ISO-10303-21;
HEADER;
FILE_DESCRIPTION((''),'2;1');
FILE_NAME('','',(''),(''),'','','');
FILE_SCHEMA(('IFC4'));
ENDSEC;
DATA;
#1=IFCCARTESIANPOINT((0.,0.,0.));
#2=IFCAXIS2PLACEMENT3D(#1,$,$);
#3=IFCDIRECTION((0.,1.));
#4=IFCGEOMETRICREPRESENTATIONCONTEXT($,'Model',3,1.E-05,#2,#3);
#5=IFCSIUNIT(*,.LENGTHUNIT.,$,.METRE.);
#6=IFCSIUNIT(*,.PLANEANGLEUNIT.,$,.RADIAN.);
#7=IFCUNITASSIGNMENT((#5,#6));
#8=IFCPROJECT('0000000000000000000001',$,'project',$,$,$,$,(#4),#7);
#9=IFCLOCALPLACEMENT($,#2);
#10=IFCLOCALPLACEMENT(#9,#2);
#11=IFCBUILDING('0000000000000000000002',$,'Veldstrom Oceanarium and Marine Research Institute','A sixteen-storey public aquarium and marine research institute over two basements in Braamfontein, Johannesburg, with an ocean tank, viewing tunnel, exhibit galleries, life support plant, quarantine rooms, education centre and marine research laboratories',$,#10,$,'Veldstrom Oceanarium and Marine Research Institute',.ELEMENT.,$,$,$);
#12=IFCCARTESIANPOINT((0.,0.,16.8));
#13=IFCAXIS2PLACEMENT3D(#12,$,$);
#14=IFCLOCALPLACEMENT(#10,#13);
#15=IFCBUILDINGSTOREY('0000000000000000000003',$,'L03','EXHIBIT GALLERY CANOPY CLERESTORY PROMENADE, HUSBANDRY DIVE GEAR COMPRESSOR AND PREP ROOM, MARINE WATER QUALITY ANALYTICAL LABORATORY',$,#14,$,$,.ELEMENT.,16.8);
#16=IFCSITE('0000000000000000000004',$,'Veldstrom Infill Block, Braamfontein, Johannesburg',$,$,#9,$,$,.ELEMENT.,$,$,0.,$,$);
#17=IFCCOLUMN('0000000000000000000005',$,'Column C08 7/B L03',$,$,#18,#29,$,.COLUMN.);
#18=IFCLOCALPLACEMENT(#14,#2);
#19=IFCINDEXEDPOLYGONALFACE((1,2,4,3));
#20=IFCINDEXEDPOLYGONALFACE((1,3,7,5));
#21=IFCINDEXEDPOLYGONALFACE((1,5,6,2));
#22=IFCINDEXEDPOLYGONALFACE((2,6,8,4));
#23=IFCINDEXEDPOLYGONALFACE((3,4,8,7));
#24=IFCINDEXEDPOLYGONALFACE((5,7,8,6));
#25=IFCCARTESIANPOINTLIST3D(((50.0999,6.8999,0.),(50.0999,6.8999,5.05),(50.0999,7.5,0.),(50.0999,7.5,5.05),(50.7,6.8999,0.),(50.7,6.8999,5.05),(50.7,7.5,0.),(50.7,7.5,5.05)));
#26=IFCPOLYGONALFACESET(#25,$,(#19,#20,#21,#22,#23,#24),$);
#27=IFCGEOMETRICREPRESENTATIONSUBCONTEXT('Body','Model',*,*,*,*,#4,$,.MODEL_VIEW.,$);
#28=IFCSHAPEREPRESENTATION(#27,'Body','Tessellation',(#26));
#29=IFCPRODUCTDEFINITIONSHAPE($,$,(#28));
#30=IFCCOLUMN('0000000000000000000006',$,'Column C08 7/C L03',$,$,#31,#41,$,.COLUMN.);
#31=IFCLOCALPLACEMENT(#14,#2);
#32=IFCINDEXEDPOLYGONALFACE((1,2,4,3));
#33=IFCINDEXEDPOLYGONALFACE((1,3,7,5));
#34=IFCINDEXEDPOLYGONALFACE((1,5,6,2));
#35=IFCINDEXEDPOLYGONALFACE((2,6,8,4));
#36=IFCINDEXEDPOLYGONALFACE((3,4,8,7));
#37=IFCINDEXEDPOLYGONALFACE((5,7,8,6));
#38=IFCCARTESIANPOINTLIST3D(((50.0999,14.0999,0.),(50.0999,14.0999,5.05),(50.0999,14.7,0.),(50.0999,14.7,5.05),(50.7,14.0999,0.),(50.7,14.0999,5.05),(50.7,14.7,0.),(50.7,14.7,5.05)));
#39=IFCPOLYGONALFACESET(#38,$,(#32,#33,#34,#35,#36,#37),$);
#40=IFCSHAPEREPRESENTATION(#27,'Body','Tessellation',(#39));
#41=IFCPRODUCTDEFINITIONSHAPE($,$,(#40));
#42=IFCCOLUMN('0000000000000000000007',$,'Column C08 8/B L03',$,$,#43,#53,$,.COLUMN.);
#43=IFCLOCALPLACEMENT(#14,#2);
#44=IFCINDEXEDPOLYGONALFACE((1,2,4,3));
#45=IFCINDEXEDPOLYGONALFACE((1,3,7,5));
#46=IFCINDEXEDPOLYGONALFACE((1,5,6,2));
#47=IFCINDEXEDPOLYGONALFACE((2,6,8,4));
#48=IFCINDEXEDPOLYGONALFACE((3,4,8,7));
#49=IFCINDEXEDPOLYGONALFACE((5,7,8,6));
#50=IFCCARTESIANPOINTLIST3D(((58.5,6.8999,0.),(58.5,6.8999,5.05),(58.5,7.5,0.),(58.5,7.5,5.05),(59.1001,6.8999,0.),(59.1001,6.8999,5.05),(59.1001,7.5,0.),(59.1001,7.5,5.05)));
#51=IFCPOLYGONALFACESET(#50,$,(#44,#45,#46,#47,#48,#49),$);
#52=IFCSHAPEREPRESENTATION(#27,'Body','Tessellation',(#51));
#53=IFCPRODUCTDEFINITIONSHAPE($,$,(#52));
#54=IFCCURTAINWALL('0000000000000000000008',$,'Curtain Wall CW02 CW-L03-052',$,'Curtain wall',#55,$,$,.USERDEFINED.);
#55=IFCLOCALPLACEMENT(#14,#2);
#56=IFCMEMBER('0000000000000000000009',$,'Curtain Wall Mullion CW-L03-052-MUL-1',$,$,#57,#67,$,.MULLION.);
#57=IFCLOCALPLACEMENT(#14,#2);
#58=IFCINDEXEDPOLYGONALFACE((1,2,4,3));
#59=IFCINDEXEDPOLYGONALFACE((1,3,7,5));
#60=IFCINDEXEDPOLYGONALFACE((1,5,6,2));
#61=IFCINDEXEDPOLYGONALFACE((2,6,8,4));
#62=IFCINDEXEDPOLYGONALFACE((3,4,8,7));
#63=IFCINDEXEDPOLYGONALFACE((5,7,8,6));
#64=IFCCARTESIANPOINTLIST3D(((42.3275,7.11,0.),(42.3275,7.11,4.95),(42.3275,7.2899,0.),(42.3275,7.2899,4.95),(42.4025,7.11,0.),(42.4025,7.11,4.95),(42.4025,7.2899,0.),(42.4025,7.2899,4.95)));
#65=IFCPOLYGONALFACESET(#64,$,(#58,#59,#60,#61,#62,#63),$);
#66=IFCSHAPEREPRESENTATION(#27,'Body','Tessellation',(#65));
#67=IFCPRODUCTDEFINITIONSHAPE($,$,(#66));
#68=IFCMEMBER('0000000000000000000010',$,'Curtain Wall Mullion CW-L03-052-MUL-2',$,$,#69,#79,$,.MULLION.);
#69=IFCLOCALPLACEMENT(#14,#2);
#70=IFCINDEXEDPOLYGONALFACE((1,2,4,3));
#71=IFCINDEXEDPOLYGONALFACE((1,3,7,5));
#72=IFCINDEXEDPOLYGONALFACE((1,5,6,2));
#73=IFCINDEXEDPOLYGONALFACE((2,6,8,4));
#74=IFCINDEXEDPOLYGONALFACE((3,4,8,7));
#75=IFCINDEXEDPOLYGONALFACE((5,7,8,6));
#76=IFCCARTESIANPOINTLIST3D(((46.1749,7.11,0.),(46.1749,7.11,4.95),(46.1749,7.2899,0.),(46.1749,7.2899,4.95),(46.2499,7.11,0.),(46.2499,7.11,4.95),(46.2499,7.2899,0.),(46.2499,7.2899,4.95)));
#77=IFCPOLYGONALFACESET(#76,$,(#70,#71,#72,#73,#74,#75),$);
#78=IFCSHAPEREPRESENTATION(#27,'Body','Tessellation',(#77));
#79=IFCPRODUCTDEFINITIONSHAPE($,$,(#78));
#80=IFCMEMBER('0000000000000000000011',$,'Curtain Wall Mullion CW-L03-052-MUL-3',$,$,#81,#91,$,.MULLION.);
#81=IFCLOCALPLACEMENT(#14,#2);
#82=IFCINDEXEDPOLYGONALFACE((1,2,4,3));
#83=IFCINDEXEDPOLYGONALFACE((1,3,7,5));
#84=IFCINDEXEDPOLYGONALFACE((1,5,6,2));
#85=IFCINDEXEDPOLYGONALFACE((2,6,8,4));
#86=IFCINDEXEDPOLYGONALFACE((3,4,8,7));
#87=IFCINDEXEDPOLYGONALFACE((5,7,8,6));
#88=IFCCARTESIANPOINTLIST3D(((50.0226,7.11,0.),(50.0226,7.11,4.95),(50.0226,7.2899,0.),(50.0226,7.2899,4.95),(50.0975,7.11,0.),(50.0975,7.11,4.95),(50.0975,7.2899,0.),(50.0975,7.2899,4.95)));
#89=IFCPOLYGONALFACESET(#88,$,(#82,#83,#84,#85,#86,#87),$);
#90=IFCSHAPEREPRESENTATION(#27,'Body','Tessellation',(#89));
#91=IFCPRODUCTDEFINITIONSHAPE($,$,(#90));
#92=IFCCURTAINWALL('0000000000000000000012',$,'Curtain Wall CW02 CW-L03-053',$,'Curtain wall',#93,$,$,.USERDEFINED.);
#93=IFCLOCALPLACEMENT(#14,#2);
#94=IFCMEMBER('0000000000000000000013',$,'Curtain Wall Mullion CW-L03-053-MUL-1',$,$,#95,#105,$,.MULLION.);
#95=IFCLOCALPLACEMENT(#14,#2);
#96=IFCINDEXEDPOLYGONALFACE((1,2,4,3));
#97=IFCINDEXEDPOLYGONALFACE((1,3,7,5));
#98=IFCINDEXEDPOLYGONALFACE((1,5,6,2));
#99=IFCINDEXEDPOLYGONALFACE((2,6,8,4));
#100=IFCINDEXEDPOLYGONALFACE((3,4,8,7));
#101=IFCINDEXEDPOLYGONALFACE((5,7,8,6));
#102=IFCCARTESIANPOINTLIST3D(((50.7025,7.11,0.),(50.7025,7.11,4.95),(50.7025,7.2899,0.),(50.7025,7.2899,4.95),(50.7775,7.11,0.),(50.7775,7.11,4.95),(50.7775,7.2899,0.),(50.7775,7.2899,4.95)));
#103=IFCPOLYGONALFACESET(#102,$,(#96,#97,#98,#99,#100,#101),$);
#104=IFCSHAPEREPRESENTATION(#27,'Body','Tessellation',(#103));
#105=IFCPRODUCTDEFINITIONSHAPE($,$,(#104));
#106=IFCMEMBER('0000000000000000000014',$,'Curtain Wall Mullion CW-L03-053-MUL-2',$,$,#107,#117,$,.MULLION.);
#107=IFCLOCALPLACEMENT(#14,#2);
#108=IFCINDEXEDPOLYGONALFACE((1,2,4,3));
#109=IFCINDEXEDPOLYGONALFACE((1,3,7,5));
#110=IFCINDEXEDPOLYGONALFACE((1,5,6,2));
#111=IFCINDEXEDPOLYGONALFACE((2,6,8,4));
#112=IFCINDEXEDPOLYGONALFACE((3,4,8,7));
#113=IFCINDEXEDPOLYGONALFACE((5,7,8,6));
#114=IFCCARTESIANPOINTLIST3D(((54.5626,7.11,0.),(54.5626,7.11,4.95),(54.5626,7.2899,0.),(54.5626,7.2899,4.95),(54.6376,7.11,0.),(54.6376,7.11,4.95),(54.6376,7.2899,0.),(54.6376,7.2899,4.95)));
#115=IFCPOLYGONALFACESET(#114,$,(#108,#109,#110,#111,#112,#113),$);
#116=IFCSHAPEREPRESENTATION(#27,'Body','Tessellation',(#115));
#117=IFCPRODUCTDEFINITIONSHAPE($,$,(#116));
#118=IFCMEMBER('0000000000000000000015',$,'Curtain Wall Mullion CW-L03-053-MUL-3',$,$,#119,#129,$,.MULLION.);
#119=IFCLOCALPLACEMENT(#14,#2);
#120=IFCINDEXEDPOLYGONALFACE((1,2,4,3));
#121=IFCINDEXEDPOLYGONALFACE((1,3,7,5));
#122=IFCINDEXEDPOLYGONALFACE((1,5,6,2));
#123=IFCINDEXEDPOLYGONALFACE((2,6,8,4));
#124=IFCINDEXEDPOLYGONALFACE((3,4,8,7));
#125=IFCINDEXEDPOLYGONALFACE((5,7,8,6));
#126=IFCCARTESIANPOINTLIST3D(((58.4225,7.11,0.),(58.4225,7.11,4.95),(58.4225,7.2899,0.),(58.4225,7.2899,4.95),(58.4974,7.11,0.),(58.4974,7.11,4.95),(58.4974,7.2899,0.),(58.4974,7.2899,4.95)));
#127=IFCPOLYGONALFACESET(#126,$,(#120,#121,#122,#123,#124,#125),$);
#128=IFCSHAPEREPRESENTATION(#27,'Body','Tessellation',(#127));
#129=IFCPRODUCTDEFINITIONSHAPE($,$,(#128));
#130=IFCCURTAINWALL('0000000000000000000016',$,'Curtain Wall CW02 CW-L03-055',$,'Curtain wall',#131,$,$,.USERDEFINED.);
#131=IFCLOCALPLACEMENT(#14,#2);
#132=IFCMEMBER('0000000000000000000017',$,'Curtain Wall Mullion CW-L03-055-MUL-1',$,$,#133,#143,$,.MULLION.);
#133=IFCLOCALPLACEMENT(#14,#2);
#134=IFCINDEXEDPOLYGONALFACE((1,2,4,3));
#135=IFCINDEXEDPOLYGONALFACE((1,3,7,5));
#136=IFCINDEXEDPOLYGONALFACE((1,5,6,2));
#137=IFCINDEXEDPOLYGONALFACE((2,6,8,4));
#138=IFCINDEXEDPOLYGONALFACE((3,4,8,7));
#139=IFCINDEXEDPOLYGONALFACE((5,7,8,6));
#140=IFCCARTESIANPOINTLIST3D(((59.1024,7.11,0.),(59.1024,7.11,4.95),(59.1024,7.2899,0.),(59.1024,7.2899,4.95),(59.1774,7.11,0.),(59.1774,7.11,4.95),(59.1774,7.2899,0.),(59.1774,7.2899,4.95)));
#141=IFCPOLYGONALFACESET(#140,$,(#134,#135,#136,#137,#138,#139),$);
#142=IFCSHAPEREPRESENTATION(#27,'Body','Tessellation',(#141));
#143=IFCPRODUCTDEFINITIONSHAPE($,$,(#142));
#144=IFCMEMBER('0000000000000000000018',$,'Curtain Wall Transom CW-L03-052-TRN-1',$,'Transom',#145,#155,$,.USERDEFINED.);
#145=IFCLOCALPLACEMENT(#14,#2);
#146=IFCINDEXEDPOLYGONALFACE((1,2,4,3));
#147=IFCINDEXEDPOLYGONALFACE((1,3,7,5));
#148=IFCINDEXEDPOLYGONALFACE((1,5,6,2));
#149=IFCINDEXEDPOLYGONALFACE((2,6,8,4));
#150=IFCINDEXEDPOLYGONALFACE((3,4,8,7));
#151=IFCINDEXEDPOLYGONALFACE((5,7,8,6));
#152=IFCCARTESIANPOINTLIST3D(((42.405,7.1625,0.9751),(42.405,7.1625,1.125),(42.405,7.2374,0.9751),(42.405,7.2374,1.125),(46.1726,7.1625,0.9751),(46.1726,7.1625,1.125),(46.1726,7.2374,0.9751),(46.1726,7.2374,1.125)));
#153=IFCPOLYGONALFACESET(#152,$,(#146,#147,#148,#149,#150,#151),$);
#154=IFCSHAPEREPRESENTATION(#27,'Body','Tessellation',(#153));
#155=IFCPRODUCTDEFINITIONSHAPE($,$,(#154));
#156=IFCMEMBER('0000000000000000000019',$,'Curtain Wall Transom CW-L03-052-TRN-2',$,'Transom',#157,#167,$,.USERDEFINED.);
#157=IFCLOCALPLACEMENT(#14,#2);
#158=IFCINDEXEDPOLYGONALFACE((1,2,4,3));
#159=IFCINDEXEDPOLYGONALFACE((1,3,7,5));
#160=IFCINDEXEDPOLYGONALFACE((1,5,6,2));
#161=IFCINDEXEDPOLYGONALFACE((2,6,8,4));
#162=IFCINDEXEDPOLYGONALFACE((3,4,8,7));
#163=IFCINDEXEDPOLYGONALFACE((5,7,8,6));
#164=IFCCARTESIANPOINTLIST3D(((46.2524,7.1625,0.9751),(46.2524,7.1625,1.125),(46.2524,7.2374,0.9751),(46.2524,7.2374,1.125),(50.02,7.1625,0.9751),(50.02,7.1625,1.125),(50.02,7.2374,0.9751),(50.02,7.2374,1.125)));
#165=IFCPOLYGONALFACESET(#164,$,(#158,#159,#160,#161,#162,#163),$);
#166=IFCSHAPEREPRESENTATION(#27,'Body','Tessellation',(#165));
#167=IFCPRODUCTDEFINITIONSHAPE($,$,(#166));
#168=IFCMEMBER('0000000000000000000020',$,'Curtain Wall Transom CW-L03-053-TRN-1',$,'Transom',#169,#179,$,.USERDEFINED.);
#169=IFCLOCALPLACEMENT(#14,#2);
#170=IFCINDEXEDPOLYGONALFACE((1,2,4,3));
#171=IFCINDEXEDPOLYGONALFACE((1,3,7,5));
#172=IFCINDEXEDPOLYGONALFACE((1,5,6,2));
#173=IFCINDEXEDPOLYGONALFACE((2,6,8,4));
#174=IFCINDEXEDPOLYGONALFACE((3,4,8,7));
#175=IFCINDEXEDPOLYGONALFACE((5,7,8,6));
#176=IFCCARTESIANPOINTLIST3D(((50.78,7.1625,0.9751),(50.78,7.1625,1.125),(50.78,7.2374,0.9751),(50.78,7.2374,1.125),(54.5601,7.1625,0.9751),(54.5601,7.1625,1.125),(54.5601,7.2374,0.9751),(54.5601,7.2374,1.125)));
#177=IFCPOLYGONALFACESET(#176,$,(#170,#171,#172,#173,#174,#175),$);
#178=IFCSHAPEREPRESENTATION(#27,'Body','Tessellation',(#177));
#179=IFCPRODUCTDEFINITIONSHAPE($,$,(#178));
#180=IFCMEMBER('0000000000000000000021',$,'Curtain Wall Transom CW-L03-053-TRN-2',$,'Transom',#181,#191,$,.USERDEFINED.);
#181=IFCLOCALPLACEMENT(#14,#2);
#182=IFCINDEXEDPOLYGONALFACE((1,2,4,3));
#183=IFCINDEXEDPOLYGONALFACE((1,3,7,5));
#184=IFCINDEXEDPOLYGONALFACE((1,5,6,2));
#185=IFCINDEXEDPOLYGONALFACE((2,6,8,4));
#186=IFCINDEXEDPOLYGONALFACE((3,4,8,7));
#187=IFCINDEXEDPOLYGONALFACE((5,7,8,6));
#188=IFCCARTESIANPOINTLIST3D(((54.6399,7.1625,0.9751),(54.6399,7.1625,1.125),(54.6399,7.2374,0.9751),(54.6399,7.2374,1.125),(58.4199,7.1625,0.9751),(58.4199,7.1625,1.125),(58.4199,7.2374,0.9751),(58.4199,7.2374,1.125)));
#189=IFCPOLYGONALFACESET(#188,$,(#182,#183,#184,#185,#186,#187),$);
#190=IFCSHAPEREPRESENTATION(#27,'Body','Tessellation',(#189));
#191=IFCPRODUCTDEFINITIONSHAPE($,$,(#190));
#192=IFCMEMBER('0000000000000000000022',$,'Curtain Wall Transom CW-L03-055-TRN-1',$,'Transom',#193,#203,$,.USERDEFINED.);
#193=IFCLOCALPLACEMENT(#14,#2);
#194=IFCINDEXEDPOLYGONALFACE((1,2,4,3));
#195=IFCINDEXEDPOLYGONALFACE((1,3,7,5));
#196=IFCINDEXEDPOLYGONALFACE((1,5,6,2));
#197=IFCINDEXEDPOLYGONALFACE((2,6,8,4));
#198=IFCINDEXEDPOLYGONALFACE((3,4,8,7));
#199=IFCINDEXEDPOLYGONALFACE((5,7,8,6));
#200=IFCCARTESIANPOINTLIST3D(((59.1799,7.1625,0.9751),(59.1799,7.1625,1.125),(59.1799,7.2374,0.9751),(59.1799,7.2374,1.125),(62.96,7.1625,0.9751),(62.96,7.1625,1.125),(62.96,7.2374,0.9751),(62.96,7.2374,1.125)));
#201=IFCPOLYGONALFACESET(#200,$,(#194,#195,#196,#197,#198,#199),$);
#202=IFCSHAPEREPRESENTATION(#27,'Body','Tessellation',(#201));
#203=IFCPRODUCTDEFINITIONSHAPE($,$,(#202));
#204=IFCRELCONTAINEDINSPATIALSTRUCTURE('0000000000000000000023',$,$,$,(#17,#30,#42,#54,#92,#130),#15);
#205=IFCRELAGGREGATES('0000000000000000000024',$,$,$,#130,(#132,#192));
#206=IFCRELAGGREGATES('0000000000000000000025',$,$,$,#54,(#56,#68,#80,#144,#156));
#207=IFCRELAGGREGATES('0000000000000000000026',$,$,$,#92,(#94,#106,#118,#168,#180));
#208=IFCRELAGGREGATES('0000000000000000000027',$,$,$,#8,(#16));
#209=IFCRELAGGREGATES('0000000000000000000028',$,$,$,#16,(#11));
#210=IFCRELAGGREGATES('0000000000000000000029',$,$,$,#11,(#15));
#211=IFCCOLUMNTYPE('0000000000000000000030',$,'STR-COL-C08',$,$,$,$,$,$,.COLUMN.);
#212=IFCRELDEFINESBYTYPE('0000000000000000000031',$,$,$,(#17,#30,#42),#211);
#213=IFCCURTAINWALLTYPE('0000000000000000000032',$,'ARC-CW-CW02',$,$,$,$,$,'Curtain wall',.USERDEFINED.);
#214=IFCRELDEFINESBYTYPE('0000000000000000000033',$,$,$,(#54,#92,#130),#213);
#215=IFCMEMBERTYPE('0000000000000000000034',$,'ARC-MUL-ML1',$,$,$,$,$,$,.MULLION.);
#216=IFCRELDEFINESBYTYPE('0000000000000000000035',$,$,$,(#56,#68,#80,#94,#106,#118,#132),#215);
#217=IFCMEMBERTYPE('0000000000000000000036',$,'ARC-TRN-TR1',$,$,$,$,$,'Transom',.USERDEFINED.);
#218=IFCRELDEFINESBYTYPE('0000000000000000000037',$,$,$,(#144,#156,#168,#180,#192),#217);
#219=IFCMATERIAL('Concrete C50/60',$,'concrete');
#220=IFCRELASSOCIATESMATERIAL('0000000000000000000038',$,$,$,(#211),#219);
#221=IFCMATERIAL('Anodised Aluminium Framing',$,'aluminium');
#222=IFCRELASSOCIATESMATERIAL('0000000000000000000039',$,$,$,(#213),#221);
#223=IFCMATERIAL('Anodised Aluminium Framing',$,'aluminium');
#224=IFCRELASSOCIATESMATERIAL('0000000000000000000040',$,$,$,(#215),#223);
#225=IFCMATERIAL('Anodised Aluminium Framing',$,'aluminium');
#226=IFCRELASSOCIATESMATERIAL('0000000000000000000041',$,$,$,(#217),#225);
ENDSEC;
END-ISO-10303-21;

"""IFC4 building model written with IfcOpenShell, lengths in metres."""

from ifc_helpers import new_model, si_unit, direction, frame, origin, origin_2d, place, context, subcontext, project, spatial, rectangle, extrude, material, material_profile, profile_set, type_object, element, aggregate, save


model = new_model("IFC4")

# Units and contexts
model_context = context("Model", 3, precision=1e-05, world=origin(), true_north=direction((0.0, 1.0)))
body_context = subcontext(model_context, "Body", "Model", "MODEL_VIEW")
ifc_project = project(units=[si_unit("LENGTHUNIT", "METRE"), si_unit("PLANEANGLEUNIT", "RADIAN")], contexts=[model_context])

# Site, building, storey
site_placement = place(None, origin())
site = spatial("IfcSite", under=ifc_project, at=site_placement, Name="Veldstrom Infill Block, Braamfontein, Johannesburg", CompositionType="ELEMENT", RefElevation=0.0)
building_placement = place(site_placement, origin())
building = spatial("IfcBuilding", under=site, at=building_placement, Name="Veldstrom Oceanarium and Marine Research Institute", Description="A sixteen-storey public aquarium and marine research institute over two basements in Braamfontein, Johannesburg, with an ocean tank, viewing tunnel, exhibit galleries, life support plant, quarantine rooms, education centre and marine research laboratories", LongName="Veldstrom Oceanarium and Marine Research Institute", CompositionType="ELEMENT")
storey_placement = place(building_placement, frame((0.0, 0.0, 16.8)))
storey = spatial("IfcBuildingStorey", under=building, at=storey_placement, Name="L03", Description="EXHIBIT GALLERY CANOPY CLERESTORY PROMENADE, HUSBANDRY DIVE GEAR COMPRESSOR AND PREP ROOM, MARINE WATER QUALITY ANALYTICAL LABORATORY", CompositionType="ELEMENT", Elevation=16.8)

# Columns
ifc_material_1 = material(Name="Concrete C50/60", Category="concrete")
ifc_material_profile_1 = material_profile(ifc_material_1, rectangle(XDim=0.6001, YDim=0.6001, at=origin_2d()), Name="RC-COL-600x600")
ifc_profile_set_1 = profile_set([ifc_material_profile_1], Name="Concrete C50/60")
column_type = type_object("IfcColumnType", Name="STR-COL-C08", PredefinedType="COLUMN", material=ifc_profile_set_1)
for number, where, z_axis, x_axis, name in (
    (1, (50.3999, 7.2, 0.0), (0.0, 0.0, 1.0), (1.0, 0.0, 0.0), "Column C08 7/B L03"),
    (2, (50.3999, 14.3999, 0.0), (0.0, 0.0, 1.0), (1.0, 0.0, 0.0), "Column C08 7/C L03"),
    (3, (58.8, 7.2, 0.0), (0.0, 0.0, 1.0), (1.0, 0.0, 0.0), "Column C08 8/B L03"),
):
    element("IfcColumn", number, at=place(storey_placement, frame(where, z_axis=z_axis, x_axis=x_axis)), inside=storey, type_object=column_type, Name=name, PredefinedType="COLUMN", context=body_context, shape_type="SweptSolid", body=[
        extrude(rectangle(XDim=0.6001, YDim=0.6001, at=origin_2d()), origin(), (0.0, 0.0, 1.0), 5.05),
    ])

# Curtain walls, members
ifc_material_2 = material(Name="Anodised Aluminium Framing", Category="aluminium")
curtain_wall_type = type_object("IfcCurtainWallType", Name="ARC-CW-CW02", ElementType="Curtain wall", PredefinedType="USERDEFINED", material=ifc_material_2)
curtain_wall_1_placement = place(storey_placement, origin())
curtain_wall_1 = element("IfcCurtainWall", 4, at=curtain_wall_1_placement, inside=storey, type_object=curtain_wall_type, Name="Curtain Wall CW02 CW-L03-052", ObjectType="Curtain wall", PredefinedType="USERDEFINED")
ifc_material_3 = material(Name="Anodised Aluminium Framing", Category="aluminium")
ifc_material_profile_2 = material_profile(ifc_material_3, rectangle(XDim=0.075, YDim=0.1799, at=origin_2d()), Name="ALU-MUL-75x180")
ifc_profile_set_2 = profile_set([ifc_material_profile_2], Name="Anodised Aluminium Framing")
member_type_1 = type_object("IfcMemberType", Name="ARC-MUL-ML1", PredefinedType="MULLION", material=ifc_profile_set_2)
member_1_placement = place(storey_placement, frame((42.365, 7.2, 0.0), z_axis=(0.0, 0.0, 1.0), x_axis=(1.0, 0.0, 0.0)))
member_1 = element("IfcMember", 5, at=member_1_placement, type_object=member_type_1, Name="Curtain Wall Mullion CW-L03-052-MUL-1", PredefinedType="MULLION", context=body_context, shape_type="SweptSolid", body=[
    extrude(rectangle(XDim=0.075, YDim=0.1799, at=origin_2d()), origin(), (0.0, 0.0, 1.0), 4.95),
])
member_2_placement = place(storey_placement, frame((46.2124, 7.2, 0.0), z_axis=(0.0, 0.0, 1.0), x_axis=(1.0, 0.0, 0.0)))
member_2 = element("IfcMember", 6, at=member_2_placement, type_object=member_type_1, Name="Curtain Wall Mullion CW-L03-052-MUL-2", PredefinedType="MULLION", context=body_context, shape_type="SweptSolid", body=[
    extrude(rectangle(XDim=0.075, YDim=0.1799, at=origin_2d()), origin(), (0.0, 0.0, 1.0), 4.95),
])
member_3_placement = place(storey_placement, frame((50.0601, 7.2, 0.0), z_axis=(0.0, 0.0, 1.0), x_axis=(1.0, 0.0, 0.0)))
member_3 = element("IfcMember", 7, at=member_3_placement, type_object=member_type_1, Name="Curtain Wall Mullion CW-L03-052-MUL-3", PredefinedType="MULLION", context=body_context, shape_type="SweptSolid", body=[
    extrude(rectangle(XDim=0.075, YDim=0.1799, at=origin_2d()), origin(), (0.0, 0.0, 1.0), 4.95),
])
curtain_wall_2_placement = place(storey_placement, origin())
curtain_wall_2 = element("IfcCurtainWall", 8, at=curtain_wall_2_placement, inside=storey, type_object=curtain_wall_type, Name="Curtain Wall CW02 CW-L03-053", ObjectType="Curtain wall", PredefinedType="USERDEFINED")
member_4_placement = place(storey_placement, frame((50.74, 7.2, 0.0), z_axis=(0.0, 0.0, 1.0), x_axis=(1.0, 0.0, 0.0)))
member_4 = element("IfcMember", 9, at=member_4_placement, type_object=member_type_1, Name="Curtain Wall Mullion CW-L03-053-MUL-1", PredefinedType="MULLION", context=body_context, shape_type="SweptSolid", body=[
    extrude(rectangle(XDim=0.075, YDim=0.1799, at=origin_2d()), origin(), (0.0, 0.0, 1.0), 4.95),
])
member_5_placement = place(storey_placement, frame((54.6001, 7.2, 0.0), z_axis=(0.0, 0.0, 1.0), x_axis=(1.0, 0.0, 0.0)))
member_5 = element("IfcMember", 10, at=member_5_placement, type_object=member_type_1, Name="Curtain Wall Mullion CW-L03-053-MUL-2", PredefinedType="MULLION", context=body_context, shape_type="SweptSolid", body=[
    extrude(rectangle(XDim=0.075, YDim=0.1799, at=origin_2d()), origin(), (0.0, 0.0, 1.0), 4.95),
])
member_6_placement = place(storey_placement, frame((58.46, 7.2, 0.0), z_axis=(0.0, 0.0, 1.0), x_axis=(1.0, 0.0, 0.0)))
member_6 = element("IfcMember", 11, at=member_6_placement, type_object=member_type_1, Name="Curtain Wall Mullion CW-L03-053-MUL-3", PredefinedType="MULLION", context=body_context, shape_type="SweptSolid", body=[
    extrude(rectangle(XDim=0.075, YDim=0.1799, at=origin_2d()), origin(), (0.0, 0.0, 1.0), 4.95),
])

# Curtain wall, member
curtain_wall_3_placement = place(storey_placement, origin())
curtain_wall_3 = element("IfcCurtainWall", 12, at=curtain_wall_3_placement, inside=storey, type_object=curtain_wall_type, Name="Curtain Wall CW02 CW-L03-055", ObjectType="Curtain wall", PredefinedType="USERDEFINED")
member_7_placement = place(storey_placement, frame((59.1399, 7.2, 0.0), z_axis=(0.0, 0.0, 1.0), x_axis=(1.0, 0.0, 0.0)))
member_7 = element("IfcMember", 13, at=member_7_placement, type_object=member_type_1, Name="Curtain Wall Mullion CW-L03-055-MUL-1", PredefinedType="MULLION", context=body_context, shape_type="SweptSolid", body=[
    extrude(rectangle(XDim=0.075, YDim=0.1799, at=origin_2d()), origin(), (0.0, 0.0, 1.0), 4.95),
])

# Members
ifc_material_4 = material(Name="Anodised Aluminium Framing", Category="aluminium")
ifc_material_profile_3 = material_profile(ifc_material_4, rectangle(XDim=0.075, YDim=0.1499, at=origin_2d()), Name="ALU-TRN-75x150")
ifc_profile_set_3 = profile_set([ifc_material_profile_3], Name="Anodised Aluminium Framing")
member_type_2 = type_object("IfcMemberType", Name="ARC-TRN-TR1", ElementType="Transom", PredefinedType="USERDEFINED", material=ifc_profile_set_3)
member_8_placement = place(storey_placement, frame((42.405, 7.2, 1.05), z_axis=(1.0, 0.0, 0.0), x_axis=(0.0, 1.0, 0.0)))
member_8 = element("IfcMember", 14, at=member_8_placement, type_object=member_type_2, Name="Curtain Wall Transom CW-L03-052-TRN-1", ObjectType="Transom", PredefinedType="USERDEFINED", context=body_context, shape_type="SweptSolid", body=[
    extrude(rectangle(XDim=0.075, YDim=0.1499, at=origin_2d()), origin(), (0.0, 0.0, 1.0), 3.7676),
])
member_9_placement = place(storey_placement, frame((46.2524, 7.2, 1.05), z_axis=(1.0, 0.0, 0.0), x_axis=(0.0, 1.0, 0.0)))
member_9 = element("IfcMember", 15, at=member_9_placement, type_object=member_type_2, Name="Curtain Wall Transom CW-L03-052-TRN-2", ObjectType="Transom", PredefinedType="USERDEFINED", context=body_context, shape_type="SweptSolid", body=[
    extrude(rectangle(XDim=0.075, YDim=0.1499, at=origin_2d()), origin(), (0.0, 0.0, 1.0), 3.7676),
])
member_10_placement = place(storey_placement, frame((50.78, 7.2, 1.05), z_axis=(1.0, 0.0, 0.0), x_axis=(0.0, 1.0, 0.0)))
member_10 = element("IfcMember", 16, at=member_10_placement, type_object=member_type_2, Name="Curtain Wall Transom CW-L03-053-TRN-1", ObjectType="Transom", PredefinedType="USERDEFINED", context=body_context, shape_type="SweptSolid", body=[
    extrude(rectangle(XDim=0.075, YDim=0.1499, at=origin_2d()), origin(), (0.0, 0.0, 1.0), 3.78),
])
member_11_placement = place(storey_placement, frame((54.6399, 7.2, 1.05), z_axis=(1.0, 0.0, 0.0), x_axis=(0.0, 1.0, 0.0)))
member_11 = element("IfcMember", 17, at=member_11_placement, type_object=member_type_2, Name="Curtain Wall Transom CW-L03-053-TRN-2", ObjectType="Transom", PredefinedType="USERDEFINED", context=body_context, shape_type="SweptSolid", body=[
    extrude(rectangle(XDim=0.075, YDim=0.1499, at=origin_2d()), origin(), (0.0, 0.0, 1.0), 3.78),
])
member_12_placement = place(storey_placement, frame((59.1799, 7.2, 1.05), z_axis=(1.0, 0.0, 0.0), x_axis=(0.0, 1.0, 0.0)))
member_12 = element("IfcMember", 18, at=member_12_placement, type_object=member_type_2, Name="Curtain Wall Transom CW-L03-055-TRN-1", ObjectType="Transom", PredefinedType="USERDEFINED", context=body_context, shape_type="SweptSolid", body=[
    extrude(rectangle(XDim=0.075, YDim=0.1499, at=origin_2d()), origin(), (0.0, 0.0, 1.0), 3.78),
])

aggregate(curtain_wall_3, [member_7, member_12])
aggregate(curtain_wall_1, [member_1, member_2, member_3, member_8, member_9])
aggregate(curtain_wall_2, [member_4, member_5, member_6, member_10, member_11])

save(model, "model.ifc")
